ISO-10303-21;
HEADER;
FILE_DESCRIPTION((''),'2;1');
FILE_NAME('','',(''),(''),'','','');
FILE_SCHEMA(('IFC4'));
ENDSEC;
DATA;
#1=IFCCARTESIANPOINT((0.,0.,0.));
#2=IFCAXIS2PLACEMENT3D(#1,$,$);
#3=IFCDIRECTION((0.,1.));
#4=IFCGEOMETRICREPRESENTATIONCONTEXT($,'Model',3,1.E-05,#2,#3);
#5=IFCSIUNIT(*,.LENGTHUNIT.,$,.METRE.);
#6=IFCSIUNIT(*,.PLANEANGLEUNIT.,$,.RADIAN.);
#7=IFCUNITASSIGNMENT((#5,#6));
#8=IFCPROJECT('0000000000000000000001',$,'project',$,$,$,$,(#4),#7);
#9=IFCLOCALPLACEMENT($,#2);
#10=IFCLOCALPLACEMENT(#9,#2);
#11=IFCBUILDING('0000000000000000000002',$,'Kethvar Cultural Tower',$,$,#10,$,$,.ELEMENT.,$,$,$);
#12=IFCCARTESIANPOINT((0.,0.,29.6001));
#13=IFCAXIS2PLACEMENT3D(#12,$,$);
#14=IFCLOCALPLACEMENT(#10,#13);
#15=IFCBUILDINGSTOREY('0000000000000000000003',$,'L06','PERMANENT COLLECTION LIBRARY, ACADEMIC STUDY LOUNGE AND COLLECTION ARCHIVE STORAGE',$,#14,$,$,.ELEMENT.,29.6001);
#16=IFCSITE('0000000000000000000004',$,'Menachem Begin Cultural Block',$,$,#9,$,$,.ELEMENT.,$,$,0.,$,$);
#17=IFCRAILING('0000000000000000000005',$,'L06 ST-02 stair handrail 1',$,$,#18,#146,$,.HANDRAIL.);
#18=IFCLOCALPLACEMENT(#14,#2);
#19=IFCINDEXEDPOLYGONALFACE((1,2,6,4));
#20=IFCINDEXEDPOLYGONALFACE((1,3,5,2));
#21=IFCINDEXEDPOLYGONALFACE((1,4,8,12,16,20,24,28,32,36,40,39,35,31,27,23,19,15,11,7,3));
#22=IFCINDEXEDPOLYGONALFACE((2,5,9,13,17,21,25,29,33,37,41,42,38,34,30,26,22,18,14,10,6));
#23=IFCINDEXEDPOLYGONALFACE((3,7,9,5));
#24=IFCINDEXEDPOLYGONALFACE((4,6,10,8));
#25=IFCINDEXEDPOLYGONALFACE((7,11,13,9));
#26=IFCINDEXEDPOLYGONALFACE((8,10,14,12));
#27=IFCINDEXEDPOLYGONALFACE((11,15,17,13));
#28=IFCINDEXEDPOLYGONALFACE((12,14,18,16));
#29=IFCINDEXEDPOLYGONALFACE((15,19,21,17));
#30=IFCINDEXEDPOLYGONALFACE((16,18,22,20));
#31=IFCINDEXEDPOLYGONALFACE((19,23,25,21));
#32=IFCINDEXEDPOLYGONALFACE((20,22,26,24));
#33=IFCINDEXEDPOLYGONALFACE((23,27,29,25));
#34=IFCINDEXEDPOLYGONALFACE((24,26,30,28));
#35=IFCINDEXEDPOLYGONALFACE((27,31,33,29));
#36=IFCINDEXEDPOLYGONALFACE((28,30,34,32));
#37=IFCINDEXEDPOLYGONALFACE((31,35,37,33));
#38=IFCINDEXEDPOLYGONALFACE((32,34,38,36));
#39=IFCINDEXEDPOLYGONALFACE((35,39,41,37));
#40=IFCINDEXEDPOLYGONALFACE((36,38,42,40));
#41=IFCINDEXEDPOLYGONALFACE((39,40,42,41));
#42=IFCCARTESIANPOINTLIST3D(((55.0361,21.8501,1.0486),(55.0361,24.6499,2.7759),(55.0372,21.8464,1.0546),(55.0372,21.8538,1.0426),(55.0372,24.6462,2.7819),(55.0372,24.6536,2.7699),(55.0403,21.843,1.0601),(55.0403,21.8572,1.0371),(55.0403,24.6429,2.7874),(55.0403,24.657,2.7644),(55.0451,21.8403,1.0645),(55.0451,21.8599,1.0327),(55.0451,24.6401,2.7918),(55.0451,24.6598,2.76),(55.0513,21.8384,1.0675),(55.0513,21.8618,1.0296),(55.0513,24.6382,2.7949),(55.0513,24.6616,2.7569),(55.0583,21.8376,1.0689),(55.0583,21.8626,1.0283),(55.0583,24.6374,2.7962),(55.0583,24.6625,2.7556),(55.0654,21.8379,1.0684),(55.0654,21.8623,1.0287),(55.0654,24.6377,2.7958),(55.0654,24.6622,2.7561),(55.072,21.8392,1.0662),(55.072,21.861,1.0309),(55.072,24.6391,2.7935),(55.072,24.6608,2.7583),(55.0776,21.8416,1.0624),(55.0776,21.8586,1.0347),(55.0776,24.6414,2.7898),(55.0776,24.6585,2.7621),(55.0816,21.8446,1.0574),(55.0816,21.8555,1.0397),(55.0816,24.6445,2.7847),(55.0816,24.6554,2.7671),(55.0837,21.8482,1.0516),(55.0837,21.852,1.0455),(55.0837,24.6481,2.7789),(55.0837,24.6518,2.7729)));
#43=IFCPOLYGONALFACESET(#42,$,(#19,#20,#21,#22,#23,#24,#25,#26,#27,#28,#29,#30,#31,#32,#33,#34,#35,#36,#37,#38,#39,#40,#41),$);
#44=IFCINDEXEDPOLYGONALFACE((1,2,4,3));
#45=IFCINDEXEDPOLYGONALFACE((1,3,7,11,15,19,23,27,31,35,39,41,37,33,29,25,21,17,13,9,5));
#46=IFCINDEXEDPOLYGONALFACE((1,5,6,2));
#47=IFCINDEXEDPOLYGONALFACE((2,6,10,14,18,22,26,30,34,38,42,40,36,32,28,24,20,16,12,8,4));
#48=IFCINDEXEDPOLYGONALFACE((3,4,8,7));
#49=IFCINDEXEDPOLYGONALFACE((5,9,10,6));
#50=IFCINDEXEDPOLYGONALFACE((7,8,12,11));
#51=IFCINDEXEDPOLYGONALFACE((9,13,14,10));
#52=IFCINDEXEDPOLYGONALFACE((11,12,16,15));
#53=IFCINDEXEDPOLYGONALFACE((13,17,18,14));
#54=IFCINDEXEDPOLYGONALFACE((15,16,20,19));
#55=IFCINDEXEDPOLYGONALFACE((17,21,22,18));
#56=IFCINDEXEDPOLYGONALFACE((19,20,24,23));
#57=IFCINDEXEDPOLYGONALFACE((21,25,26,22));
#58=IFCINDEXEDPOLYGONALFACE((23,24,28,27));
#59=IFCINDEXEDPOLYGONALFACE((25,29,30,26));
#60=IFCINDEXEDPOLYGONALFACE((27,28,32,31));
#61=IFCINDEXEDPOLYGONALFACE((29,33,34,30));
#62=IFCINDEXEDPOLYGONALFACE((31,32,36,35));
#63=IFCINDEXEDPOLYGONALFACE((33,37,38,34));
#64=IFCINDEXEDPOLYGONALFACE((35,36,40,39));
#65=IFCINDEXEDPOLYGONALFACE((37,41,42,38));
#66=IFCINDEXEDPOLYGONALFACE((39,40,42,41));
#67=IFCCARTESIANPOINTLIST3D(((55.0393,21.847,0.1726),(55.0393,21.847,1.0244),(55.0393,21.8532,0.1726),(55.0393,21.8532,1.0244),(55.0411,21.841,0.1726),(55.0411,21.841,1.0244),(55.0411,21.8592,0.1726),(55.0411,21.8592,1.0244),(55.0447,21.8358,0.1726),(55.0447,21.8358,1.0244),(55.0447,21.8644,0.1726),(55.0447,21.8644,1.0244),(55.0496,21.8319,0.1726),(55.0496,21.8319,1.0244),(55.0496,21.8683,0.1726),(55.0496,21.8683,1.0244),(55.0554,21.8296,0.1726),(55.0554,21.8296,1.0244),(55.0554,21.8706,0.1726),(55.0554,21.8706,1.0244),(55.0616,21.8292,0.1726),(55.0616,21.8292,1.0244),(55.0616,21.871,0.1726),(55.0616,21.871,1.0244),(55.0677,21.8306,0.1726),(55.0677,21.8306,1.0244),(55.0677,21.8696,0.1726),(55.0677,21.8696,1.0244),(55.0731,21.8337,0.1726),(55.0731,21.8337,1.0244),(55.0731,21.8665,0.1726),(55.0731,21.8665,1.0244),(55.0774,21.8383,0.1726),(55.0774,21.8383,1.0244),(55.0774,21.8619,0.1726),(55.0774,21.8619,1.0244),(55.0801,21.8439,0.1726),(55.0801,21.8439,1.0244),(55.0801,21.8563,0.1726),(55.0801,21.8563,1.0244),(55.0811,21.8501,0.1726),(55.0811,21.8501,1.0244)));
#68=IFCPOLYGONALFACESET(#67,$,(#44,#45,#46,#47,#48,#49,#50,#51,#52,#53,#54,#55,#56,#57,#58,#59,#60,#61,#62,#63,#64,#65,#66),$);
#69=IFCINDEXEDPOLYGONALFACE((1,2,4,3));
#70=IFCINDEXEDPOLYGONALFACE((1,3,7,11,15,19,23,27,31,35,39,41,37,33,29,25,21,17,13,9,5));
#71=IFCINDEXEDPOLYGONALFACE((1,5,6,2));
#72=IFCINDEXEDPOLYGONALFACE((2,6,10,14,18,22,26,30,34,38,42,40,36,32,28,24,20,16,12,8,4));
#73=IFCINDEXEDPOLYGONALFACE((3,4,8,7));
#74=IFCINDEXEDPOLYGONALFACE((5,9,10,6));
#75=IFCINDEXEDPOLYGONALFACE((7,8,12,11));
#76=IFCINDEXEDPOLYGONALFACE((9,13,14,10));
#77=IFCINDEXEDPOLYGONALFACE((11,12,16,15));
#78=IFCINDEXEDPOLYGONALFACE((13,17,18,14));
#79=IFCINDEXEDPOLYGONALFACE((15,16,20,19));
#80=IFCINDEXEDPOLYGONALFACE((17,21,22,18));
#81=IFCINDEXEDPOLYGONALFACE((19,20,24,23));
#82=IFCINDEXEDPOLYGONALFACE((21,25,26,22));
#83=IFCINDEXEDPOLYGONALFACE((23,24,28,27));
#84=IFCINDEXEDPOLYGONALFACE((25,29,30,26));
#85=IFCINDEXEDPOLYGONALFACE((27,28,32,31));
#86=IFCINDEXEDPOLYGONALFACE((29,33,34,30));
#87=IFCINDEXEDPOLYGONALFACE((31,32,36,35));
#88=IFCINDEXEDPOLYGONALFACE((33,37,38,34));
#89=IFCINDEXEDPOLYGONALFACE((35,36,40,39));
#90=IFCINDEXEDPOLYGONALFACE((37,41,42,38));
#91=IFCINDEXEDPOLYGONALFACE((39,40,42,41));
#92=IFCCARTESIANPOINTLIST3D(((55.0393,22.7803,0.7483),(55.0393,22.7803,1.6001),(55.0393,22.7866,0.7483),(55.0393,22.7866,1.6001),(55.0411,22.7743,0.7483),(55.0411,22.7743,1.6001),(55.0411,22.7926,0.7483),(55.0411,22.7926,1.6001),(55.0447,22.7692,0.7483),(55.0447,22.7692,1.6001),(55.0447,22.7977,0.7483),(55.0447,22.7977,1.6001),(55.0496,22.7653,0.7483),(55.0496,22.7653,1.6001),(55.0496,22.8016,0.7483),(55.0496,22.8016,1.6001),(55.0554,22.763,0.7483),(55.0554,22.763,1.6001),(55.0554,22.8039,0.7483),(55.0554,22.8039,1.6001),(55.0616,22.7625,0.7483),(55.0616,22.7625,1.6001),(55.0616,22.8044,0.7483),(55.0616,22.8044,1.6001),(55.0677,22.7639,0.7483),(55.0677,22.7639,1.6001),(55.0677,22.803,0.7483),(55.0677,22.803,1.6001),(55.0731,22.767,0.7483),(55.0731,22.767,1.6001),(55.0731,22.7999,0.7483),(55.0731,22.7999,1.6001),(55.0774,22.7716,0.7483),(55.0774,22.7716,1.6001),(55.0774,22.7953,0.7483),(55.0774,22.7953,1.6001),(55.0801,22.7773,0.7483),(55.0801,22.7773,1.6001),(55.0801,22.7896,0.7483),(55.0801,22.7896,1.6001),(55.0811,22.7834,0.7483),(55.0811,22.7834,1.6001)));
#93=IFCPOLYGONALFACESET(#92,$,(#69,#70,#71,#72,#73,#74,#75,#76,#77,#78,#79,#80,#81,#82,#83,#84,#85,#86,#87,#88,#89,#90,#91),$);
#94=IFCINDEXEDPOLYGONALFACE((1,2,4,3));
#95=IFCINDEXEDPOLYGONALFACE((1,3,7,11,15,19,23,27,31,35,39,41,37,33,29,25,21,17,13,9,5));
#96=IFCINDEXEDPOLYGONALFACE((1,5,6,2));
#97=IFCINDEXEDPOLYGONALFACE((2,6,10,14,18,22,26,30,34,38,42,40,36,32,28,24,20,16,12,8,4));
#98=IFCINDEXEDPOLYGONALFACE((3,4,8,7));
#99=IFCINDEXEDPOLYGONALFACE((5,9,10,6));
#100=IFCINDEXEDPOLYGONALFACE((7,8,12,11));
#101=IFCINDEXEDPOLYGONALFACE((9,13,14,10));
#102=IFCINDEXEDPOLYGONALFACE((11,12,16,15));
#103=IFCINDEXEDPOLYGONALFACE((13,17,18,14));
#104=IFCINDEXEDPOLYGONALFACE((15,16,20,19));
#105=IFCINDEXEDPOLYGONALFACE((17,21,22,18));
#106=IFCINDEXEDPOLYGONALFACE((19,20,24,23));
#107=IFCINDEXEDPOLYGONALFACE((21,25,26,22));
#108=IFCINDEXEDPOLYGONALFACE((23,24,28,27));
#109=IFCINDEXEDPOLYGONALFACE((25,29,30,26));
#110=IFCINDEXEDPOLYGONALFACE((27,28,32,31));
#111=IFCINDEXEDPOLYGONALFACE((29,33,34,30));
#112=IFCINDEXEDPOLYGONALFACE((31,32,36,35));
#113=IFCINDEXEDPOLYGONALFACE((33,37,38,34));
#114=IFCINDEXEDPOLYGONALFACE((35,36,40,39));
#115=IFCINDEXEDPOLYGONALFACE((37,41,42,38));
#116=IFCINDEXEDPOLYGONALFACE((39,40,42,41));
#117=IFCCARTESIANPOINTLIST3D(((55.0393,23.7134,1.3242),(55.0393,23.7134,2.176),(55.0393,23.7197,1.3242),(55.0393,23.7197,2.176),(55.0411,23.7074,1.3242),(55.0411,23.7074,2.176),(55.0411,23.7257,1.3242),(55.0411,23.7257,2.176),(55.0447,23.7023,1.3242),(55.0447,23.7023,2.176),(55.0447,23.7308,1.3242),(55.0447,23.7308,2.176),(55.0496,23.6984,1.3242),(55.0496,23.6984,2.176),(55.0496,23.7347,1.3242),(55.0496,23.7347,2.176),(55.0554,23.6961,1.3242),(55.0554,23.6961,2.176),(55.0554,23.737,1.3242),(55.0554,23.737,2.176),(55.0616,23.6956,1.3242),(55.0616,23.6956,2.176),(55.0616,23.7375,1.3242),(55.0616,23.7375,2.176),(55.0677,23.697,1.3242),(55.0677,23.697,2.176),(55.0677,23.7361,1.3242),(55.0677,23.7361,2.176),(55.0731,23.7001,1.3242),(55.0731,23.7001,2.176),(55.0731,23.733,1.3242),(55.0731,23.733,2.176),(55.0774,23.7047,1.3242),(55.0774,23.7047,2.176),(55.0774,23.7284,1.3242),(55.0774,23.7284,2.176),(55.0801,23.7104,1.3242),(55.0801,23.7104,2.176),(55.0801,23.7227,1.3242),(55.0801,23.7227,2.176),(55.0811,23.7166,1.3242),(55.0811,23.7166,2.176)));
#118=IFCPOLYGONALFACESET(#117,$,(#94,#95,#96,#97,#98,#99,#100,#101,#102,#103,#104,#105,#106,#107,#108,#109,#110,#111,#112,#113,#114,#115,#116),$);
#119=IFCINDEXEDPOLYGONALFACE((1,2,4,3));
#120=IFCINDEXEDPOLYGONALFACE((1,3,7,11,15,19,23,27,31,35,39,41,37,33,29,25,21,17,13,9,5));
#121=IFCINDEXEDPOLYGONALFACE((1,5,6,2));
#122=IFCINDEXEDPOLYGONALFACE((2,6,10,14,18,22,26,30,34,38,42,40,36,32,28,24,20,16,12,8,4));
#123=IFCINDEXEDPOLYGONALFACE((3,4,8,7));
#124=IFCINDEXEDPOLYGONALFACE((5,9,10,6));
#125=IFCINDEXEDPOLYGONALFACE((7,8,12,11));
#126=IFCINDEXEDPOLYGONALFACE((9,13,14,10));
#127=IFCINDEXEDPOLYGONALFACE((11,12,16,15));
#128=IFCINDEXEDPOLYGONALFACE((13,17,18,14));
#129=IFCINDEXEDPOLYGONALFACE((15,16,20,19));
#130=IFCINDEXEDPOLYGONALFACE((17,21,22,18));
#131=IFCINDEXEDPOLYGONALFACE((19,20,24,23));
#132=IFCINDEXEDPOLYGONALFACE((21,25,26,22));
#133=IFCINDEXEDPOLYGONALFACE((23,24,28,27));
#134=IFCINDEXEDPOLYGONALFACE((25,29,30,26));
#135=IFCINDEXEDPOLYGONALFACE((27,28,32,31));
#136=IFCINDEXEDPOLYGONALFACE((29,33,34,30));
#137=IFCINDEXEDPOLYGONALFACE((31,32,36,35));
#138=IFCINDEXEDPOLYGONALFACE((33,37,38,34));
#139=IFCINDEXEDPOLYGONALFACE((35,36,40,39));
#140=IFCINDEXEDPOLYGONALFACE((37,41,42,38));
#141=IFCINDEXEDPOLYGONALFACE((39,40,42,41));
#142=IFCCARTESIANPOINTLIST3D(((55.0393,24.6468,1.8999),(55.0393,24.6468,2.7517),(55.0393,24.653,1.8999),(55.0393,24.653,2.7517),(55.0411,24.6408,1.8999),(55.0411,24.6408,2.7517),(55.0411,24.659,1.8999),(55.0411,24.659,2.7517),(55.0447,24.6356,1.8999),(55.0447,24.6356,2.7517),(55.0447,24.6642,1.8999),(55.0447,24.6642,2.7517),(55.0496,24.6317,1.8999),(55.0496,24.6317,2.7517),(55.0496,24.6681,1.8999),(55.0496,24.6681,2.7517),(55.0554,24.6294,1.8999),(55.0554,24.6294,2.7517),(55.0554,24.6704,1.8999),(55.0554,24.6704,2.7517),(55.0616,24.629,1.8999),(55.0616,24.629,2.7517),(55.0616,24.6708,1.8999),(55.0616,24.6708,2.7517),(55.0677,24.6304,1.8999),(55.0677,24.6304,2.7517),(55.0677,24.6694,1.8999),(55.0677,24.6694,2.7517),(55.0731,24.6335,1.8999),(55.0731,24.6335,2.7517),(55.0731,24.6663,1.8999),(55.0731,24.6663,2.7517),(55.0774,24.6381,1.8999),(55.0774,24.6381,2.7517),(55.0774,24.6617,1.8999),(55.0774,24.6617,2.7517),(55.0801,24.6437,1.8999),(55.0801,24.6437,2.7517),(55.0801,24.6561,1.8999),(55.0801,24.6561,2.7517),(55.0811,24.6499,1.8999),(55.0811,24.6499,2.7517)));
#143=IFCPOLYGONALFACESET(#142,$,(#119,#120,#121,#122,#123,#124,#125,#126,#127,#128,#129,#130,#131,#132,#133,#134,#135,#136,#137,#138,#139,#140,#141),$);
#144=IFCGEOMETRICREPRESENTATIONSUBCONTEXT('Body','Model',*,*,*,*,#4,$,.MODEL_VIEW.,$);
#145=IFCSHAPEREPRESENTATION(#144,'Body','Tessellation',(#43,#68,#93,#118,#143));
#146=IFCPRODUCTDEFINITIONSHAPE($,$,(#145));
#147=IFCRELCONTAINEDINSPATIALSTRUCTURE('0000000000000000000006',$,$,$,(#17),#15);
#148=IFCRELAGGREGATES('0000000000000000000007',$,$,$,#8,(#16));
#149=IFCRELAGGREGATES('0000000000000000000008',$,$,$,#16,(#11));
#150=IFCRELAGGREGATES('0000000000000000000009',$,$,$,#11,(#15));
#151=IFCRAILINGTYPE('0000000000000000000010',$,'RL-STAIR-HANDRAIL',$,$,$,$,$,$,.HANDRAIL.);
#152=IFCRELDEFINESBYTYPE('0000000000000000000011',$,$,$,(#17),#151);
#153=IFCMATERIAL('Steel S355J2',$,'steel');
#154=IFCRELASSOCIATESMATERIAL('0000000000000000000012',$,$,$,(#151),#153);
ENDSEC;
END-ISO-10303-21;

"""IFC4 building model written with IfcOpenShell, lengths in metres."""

from ifc_helpers import new_model, si_unit, direction, frame, origin, origin_2d, place, context, subcontext, project, spatial, circle, extrude, material, type_object, element, save


model = new_model("IFC4")

# Units and contexts
model_context = context("Model", 3, precision=1e-05, world=origin(), true_north=direction((0.0, 1.0)))
body_context = subcontext(model_context, "Body", "Model", "MODEL_VIEW")
ifc_project = project(units=[si_unit("LENGTHUNIT", "METRE"), si_unit("PLANEANGLEUNIT", "RADIAN")], contexts=[model_context])

# Site, building, storey
site_placement = place(None, origin())
site = spatial("IfcSite", under=ifc_project, at=site_placement, Name="Menachem Begin Cultural Block", CompositionType="ELEMENT", RefElevation=0.0)
building_placement = place(site_placement, origin())
building = spatial("IfcBuilding", under=site, at=building_placement, Name="Kethvar Cultural Tower", CompositionType="ELEMENT")
storey_placement = place(building_placement, frame((0.0, 0.0, 29.6001)))
storey = spatial("IfcBuildingStorey", under=building, at=storey_placement, Name="L06", Description="PERMANENT COLLECTION LIBRARY, ACADEMIC STUDY LOUNGE AND COLLECTION ARCHIVE STORAGE", CompositionType="ELEMENT", Elevation=29.6001)

# Shared definitions
ifc_material_1 = material(Name="Steel S355J2", Category="steel")

# Railing
railing_type_1 = type_object("IfcRailingType", Name="RL-STAIR-HANDRAIL", PredefinedType="HANDRAIL", material=ifc_material_1)
railing_1_placement = place(storey_placement, frame((55.0601, 21.8501, 0.1726)))
element("IfcRailing", 1, at=railing_1_placement, inside=storey, type_object=railing_type_1, Name="L06 ST-02 stair handrail 1", PredefinedType="HANDRAIL", context=body_context, shape_type="SweptSolid", body=[
    extrude(circle(Radius=0.0239, at=origin_2d()), frame((0.0, 0.0, 0.876), z_axis=(0.0, 0.851069, 0.525054), x_axis=(-1.0, 0.0, 0.0)), (0.0, 0.0, 1.0), 3.2898),
    extrude(circle(Radius=0.021, at=origin_2d()), origin(), (0.0, 0.0, 1.0), 0.8518),
    extrude(circle(Radius=0.021, at=origin_2d()), frame((0.0, 0.9333, 0.5757)), (0.0, 0.0, 1.0), 0.8518),
    extrude(circle(Radius=0.021, at=origin_2d()), frame((0.0, 1.8665, 1.1516)), (0.0, 0.0, 1.0), 0.8518),
    extrude(circle(Radius=0.021, at=origin_2d()), frame((0.0, 2.7998, 1.7273)), (0.0, 0.0, 1.0), 0.8518),
])

save(model, "model.ifc")
